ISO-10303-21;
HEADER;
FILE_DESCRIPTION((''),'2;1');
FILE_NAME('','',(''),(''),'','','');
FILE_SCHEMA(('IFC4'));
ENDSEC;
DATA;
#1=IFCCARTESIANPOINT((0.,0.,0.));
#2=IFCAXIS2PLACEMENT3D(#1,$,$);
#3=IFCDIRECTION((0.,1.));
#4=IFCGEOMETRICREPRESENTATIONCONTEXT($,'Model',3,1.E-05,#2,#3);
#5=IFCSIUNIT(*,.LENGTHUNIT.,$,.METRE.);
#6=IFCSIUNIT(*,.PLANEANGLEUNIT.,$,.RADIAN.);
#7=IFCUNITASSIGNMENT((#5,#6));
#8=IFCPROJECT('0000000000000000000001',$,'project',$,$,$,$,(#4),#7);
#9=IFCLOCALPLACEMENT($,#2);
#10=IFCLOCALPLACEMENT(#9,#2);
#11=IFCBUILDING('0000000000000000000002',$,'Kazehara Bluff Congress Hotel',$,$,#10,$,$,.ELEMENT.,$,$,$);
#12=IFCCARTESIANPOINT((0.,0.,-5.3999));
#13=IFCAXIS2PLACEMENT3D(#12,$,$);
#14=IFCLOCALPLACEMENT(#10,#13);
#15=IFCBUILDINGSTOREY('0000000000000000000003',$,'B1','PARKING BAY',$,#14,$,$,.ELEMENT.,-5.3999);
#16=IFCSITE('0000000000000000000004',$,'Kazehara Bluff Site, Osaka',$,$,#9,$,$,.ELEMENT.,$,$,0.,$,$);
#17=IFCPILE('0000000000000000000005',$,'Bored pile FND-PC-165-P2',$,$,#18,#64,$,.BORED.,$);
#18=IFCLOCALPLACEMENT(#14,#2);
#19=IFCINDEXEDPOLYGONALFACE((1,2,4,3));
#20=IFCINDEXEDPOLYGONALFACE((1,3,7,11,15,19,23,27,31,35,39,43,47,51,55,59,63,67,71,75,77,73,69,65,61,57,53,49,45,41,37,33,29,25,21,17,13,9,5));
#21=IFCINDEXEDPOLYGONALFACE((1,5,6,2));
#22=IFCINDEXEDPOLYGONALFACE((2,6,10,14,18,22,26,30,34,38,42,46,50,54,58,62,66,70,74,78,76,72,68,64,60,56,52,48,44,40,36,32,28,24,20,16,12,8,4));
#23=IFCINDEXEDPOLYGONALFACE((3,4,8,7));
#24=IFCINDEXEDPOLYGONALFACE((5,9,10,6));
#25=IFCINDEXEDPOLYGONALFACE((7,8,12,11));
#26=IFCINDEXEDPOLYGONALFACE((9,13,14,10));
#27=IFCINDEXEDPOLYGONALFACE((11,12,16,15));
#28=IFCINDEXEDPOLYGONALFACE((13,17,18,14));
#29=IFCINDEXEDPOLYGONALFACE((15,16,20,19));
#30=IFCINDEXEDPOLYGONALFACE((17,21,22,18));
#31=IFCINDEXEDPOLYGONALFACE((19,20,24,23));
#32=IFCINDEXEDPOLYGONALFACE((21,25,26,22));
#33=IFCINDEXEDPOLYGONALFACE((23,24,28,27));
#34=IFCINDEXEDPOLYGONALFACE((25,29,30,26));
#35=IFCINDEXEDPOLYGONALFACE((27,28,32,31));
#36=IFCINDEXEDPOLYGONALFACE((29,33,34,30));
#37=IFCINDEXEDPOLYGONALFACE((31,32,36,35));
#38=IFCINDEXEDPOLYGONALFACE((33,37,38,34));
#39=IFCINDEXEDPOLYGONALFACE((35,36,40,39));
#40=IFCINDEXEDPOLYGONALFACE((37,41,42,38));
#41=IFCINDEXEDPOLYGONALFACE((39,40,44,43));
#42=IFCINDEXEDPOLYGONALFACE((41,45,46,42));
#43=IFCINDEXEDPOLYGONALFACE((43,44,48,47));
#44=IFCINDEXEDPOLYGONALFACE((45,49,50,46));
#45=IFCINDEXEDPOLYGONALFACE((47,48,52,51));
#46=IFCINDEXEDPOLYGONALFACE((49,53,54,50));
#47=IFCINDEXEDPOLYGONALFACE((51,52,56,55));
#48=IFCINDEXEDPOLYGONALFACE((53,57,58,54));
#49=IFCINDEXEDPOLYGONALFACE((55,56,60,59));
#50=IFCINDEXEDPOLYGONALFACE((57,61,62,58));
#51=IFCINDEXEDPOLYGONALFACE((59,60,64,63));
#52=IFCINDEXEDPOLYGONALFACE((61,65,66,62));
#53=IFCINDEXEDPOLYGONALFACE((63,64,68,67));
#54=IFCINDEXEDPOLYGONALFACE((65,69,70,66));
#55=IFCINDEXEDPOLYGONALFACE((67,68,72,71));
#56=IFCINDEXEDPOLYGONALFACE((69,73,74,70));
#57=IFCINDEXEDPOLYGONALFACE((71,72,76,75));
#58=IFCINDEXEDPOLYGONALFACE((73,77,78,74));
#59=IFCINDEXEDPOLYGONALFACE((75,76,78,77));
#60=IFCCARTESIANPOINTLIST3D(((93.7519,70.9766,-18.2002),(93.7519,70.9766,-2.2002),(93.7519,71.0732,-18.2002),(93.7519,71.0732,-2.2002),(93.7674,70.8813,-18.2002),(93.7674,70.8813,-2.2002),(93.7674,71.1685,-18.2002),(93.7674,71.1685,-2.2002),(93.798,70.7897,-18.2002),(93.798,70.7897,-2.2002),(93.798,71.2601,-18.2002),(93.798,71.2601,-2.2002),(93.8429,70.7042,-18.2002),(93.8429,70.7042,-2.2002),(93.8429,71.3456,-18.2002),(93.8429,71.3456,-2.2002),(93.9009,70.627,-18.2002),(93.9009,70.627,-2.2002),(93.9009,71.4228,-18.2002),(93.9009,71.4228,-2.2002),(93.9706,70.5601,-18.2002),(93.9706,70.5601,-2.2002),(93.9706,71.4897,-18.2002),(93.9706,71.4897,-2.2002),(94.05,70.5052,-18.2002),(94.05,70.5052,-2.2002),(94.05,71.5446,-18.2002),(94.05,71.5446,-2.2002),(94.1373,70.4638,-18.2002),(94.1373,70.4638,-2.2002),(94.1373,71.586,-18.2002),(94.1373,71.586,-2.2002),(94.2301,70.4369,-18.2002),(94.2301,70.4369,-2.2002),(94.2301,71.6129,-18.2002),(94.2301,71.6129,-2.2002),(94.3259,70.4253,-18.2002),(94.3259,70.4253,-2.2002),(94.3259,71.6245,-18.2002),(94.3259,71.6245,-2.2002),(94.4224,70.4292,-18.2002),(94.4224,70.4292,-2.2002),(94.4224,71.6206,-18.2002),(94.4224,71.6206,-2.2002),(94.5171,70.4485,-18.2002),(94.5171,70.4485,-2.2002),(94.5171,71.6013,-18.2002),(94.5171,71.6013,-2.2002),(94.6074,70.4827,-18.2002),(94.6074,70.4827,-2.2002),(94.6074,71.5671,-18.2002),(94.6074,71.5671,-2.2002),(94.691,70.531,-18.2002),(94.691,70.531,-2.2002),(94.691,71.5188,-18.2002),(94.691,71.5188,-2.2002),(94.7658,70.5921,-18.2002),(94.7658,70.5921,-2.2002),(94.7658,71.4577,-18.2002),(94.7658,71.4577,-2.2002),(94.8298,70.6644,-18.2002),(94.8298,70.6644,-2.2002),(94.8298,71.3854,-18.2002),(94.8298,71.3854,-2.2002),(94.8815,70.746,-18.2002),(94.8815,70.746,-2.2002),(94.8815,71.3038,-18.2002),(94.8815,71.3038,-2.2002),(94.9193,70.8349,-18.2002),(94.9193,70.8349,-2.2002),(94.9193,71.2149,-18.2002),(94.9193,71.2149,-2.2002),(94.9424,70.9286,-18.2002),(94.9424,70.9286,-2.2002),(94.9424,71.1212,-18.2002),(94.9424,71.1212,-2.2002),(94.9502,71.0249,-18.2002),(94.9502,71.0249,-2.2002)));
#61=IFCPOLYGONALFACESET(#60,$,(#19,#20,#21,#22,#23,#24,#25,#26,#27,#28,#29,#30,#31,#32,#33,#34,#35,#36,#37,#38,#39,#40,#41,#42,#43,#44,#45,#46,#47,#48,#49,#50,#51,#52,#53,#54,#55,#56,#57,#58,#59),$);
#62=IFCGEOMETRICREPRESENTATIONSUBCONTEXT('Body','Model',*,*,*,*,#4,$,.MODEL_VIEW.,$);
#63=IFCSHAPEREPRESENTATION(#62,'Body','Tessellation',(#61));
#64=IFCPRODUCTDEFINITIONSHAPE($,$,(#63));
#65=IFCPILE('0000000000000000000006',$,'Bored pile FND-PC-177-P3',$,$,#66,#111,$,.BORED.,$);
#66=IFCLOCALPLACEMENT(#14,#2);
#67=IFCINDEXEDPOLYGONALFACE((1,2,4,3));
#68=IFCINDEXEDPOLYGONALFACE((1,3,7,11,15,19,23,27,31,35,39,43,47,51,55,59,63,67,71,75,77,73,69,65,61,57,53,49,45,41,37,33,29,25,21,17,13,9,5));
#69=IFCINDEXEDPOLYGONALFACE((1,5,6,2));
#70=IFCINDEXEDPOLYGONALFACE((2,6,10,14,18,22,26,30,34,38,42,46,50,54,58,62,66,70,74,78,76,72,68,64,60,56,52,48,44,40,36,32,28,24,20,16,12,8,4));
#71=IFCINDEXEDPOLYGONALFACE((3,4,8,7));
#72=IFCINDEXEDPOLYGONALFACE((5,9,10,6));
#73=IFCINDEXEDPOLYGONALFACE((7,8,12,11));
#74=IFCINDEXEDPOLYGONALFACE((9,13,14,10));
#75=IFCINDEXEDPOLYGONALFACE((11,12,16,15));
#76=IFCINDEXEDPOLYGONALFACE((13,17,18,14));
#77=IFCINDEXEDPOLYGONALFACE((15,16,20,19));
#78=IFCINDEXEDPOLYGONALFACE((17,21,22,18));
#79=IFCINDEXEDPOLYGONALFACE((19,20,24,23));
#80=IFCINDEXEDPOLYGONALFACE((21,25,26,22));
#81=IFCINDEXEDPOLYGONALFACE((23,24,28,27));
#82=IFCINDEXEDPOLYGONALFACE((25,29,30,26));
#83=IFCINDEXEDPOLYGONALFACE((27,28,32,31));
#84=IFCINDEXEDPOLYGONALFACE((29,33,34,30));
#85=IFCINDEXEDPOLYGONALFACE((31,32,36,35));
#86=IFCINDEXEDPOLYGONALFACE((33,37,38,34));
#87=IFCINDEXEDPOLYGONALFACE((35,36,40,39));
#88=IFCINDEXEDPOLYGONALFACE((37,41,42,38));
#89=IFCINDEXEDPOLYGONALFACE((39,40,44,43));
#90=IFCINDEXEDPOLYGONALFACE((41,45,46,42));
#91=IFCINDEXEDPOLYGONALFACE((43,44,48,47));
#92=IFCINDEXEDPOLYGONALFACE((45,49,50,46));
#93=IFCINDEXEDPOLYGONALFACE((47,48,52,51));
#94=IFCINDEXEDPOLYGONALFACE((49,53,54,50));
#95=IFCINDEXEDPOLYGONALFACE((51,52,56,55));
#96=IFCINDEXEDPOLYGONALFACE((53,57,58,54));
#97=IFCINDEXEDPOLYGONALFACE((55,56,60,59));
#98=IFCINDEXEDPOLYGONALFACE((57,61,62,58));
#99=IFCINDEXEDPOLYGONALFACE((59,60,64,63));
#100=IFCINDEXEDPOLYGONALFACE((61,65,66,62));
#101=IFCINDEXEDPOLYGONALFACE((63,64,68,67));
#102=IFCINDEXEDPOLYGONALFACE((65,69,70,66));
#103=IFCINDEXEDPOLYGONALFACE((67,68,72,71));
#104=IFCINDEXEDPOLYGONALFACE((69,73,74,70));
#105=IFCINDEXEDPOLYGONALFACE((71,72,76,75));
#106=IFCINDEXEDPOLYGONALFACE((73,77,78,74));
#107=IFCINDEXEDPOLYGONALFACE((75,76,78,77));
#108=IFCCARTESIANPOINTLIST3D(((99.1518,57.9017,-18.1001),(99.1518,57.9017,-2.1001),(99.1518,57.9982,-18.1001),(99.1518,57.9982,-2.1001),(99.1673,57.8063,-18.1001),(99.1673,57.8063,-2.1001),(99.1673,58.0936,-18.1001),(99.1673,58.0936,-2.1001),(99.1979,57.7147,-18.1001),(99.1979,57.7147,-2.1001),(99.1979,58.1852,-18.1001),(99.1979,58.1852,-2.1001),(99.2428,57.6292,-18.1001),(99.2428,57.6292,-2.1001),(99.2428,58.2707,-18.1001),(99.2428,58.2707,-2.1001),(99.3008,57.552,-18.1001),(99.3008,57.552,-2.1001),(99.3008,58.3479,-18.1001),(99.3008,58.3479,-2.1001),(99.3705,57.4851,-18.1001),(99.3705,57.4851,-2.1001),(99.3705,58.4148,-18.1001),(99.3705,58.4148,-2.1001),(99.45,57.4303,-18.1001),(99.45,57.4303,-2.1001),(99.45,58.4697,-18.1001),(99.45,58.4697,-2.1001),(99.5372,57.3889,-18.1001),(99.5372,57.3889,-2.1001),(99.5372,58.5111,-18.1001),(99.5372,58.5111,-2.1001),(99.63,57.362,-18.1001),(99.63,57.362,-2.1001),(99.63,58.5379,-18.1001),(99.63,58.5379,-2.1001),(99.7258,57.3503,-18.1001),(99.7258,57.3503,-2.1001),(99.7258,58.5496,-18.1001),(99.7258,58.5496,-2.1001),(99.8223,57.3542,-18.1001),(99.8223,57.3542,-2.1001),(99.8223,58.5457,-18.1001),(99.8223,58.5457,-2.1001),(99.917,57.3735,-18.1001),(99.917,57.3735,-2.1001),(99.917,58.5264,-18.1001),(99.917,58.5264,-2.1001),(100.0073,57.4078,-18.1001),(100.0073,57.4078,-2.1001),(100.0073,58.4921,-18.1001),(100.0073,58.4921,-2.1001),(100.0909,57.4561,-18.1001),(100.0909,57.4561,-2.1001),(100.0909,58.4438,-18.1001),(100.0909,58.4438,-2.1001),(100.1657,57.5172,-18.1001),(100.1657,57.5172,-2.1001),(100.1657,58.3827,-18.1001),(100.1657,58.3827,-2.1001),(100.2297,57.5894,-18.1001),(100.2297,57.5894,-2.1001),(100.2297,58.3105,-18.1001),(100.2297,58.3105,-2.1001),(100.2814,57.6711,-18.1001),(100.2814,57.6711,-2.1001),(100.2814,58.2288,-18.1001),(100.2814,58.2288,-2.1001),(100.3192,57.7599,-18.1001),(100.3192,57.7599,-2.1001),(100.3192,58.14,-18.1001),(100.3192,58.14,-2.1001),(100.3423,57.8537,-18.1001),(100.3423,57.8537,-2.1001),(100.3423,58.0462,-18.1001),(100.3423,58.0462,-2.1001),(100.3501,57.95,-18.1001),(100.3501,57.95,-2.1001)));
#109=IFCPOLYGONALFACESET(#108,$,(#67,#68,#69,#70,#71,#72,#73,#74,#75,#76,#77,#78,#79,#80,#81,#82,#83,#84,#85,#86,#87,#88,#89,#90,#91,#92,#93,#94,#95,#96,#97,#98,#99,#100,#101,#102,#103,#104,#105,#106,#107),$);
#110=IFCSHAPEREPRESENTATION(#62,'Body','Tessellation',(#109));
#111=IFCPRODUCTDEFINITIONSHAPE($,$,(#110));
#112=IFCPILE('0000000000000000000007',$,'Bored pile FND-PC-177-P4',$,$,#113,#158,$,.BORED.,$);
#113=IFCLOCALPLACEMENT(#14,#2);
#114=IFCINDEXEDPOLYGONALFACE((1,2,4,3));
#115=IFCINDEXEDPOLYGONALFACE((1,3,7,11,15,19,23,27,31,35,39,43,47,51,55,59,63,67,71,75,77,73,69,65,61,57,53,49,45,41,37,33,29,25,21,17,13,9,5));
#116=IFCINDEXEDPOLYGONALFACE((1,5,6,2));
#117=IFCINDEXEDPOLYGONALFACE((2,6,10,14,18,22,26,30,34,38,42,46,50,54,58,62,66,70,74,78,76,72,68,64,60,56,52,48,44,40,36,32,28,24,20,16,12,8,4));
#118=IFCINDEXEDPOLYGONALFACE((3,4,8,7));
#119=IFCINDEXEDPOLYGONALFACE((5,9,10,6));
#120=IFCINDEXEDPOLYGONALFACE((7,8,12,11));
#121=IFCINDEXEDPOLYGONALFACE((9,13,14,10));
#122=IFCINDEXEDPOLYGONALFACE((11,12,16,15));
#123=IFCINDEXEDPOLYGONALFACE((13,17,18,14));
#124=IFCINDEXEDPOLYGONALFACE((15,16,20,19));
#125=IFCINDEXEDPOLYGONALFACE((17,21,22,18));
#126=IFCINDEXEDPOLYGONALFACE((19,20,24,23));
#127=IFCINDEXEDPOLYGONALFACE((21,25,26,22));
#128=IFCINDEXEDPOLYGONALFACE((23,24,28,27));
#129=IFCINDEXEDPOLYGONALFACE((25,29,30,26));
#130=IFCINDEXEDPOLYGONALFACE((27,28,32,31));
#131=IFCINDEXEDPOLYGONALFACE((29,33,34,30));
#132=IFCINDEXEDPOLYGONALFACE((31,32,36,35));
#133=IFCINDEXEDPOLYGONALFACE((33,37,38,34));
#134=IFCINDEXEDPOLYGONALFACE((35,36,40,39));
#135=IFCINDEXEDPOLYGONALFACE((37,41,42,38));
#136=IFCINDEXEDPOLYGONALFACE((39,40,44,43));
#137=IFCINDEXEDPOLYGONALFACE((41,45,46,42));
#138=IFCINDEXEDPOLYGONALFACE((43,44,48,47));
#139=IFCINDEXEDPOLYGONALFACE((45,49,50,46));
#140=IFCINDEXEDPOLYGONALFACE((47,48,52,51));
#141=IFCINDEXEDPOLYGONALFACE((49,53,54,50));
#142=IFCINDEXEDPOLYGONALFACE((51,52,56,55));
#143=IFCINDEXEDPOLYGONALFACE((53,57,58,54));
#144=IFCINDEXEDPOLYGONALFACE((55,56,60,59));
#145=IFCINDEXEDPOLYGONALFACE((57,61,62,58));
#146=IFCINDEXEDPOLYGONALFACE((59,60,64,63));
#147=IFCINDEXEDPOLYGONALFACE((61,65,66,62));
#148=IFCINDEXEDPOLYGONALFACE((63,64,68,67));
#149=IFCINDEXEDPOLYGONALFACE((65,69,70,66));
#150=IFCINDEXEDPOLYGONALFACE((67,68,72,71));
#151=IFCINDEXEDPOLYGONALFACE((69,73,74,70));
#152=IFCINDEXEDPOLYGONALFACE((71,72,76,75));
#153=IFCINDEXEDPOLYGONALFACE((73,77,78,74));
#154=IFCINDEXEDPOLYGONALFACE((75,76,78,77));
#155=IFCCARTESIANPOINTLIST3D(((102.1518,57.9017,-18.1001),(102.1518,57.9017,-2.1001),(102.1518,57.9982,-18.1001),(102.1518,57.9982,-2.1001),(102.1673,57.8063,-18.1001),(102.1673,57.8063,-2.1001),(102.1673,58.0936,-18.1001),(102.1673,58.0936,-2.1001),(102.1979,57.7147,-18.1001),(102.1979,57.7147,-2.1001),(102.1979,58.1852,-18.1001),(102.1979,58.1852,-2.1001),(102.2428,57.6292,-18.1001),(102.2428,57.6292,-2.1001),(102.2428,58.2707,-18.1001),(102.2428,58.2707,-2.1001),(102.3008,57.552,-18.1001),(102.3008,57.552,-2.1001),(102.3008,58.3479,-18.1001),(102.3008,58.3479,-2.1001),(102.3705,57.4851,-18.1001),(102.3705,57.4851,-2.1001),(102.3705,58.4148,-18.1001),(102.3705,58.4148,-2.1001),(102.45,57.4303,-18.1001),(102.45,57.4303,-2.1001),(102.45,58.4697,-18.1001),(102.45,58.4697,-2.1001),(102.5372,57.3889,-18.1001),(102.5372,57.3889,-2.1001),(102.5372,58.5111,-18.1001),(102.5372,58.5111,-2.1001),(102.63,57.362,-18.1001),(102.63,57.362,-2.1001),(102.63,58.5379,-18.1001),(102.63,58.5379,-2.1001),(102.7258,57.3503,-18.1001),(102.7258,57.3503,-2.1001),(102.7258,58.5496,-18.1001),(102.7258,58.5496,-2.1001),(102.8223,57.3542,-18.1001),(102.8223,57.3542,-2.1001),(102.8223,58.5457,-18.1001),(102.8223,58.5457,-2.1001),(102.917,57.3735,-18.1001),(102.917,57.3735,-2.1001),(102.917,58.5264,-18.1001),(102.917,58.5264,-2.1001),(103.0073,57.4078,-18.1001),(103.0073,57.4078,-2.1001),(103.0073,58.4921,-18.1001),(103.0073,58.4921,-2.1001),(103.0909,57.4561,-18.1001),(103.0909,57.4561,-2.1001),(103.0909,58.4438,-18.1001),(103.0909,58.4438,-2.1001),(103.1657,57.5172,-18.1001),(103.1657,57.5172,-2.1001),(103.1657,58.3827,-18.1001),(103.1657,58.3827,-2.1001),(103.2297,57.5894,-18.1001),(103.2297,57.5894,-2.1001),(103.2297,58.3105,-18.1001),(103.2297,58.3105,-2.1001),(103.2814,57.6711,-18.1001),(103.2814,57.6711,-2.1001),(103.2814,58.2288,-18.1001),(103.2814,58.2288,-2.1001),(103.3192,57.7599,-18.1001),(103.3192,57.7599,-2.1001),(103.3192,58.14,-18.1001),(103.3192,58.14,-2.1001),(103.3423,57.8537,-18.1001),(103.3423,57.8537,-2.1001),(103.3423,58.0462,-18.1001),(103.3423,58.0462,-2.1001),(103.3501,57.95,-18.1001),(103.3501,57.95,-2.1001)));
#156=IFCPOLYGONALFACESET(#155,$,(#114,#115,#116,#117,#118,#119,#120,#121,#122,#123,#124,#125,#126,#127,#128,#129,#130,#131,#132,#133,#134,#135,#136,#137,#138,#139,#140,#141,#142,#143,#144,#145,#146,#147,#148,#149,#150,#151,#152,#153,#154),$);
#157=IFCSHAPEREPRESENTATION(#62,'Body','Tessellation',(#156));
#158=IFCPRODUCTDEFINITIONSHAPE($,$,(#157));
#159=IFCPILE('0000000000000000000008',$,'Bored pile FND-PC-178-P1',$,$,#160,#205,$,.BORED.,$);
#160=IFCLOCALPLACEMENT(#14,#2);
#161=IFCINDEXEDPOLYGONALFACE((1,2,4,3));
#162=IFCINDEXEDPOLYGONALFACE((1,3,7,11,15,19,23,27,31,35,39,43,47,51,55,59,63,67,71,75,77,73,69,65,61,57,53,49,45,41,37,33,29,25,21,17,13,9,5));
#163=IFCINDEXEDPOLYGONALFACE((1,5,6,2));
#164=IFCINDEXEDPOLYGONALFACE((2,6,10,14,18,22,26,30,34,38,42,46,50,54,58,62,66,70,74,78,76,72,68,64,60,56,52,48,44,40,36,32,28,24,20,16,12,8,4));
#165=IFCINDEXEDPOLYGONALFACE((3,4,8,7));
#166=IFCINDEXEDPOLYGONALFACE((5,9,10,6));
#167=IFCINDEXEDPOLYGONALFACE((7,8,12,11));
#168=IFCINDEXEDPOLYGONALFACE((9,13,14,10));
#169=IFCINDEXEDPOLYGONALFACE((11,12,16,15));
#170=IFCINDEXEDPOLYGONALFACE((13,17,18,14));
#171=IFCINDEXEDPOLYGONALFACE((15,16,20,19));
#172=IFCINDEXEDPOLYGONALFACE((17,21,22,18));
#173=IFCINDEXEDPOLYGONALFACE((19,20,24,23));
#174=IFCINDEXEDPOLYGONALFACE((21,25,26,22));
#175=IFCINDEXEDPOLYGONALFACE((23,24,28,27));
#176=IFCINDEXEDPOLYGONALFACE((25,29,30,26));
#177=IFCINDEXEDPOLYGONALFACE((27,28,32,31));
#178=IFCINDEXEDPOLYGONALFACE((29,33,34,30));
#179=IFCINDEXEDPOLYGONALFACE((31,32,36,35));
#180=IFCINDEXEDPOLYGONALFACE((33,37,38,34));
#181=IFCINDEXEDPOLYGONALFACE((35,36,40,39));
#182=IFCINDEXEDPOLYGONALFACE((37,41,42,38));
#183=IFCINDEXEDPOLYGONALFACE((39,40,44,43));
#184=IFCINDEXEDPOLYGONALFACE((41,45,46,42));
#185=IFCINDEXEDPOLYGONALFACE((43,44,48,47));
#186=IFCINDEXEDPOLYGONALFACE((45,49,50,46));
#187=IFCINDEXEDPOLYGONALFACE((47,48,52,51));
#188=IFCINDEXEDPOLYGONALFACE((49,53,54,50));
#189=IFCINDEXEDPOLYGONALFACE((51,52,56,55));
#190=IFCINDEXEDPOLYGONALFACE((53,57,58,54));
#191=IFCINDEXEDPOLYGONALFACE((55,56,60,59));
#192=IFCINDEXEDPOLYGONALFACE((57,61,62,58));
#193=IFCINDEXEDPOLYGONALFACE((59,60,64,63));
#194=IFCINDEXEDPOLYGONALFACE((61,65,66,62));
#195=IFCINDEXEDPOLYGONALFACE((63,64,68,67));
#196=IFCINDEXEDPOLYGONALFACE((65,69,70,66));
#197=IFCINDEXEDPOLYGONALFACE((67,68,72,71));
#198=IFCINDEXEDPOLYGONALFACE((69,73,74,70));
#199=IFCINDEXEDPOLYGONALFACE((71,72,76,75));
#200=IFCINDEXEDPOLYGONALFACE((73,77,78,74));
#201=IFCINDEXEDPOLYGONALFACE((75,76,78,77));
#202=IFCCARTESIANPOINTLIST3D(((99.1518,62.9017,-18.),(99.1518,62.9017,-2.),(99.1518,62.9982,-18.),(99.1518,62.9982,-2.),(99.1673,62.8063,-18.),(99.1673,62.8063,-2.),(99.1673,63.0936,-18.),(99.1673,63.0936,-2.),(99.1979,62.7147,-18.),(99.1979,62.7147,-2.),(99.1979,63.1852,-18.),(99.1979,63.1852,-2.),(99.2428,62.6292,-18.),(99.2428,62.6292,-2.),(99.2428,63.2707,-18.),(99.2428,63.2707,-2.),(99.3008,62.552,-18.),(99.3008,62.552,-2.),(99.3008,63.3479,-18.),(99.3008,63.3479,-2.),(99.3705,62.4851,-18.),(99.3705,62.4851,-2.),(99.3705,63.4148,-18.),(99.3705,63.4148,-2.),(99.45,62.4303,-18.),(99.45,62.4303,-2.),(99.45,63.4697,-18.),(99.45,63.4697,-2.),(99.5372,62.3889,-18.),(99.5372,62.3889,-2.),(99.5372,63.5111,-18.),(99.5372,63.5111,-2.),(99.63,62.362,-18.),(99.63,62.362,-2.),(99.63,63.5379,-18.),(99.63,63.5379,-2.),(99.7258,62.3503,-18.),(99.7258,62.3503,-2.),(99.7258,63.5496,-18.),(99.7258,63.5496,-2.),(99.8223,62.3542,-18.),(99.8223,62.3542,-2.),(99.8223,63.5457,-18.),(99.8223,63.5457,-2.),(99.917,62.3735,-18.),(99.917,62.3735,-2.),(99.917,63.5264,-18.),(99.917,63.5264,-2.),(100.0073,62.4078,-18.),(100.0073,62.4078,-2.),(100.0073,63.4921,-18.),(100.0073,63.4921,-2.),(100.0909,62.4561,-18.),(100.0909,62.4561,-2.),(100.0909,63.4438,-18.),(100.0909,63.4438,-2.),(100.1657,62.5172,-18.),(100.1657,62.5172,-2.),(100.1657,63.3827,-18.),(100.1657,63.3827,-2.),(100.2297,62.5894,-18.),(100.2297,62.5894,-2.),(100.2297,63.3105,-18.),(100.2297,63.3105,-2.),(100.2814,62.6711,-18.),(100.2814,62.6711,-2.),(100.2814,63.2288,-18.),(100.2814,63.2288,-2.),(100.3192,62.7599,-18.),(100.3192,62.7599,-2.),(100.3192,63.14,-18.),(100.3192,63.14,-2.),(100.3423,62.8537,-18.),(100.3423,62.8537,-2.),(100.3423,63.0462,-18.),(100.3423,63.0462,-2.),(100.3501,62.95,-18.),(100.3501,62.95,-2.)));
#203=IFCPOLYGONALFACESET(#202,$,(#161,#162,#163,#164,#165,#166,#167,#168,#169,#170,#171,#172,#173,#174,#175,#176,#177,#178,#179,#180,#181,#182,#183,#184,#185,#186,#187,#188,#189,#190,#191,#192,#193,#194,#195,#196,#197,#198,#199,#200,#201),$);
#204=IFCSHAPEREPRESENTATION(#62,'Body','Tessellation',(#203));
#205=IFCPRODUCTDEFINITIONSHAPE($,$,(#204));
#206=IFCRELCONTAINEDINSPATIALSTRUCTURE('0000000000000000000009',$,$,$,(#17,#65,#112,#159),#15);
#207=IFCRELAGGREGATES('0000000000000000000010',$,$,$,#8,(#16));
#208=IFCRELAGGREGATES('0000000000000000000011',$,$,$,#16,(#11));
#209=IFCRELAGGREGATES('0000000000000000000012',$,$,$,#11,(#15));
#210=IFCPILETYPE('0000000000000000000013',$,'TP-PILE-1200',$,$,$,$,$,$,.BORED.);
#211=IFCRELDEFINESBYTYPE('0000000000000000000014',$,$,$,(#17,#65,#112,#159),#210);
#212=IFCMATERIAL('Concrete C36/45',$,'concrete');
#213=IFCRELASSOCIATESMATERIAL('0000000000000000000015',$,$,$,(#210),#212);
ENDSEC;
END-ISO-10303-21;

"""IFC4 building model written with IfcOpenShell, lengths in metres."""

from ifc_helpers import new_model, si_unit, direction, frame, origin, origin_2d, place, context, subcontext, project, spatial, circle, extrude, material, material_profile, profile_set, type_object, element, save


model = new_model("IFC4")

# Units and contexts
model_context = context("Model", 3, precision=1e-05, world=origin(), true_north=direction((0.0, 1.0)))
body_context = subcontext(model_context, "Body", "Model", "MODEL_VIEW")
ifc_project = project(units=[si_unit("LENGTHUNIT", "METRE"), si_unit("PLANEANGLEUNIT", "RADIAN")], contexts=[model_context])

# Site, building, storey
site_placement = place(None, origin())
site = spatial("IfcSite", under=ifc_project, at=site_placement, Name="Kazehara Bluff Site, Osaka", CompositionType="ELEMENT", RefElevation=0.0)
building_placement = place(site_placement, origin())
building = spatial("IfcBuilding", under=site, at=building_placement, Name="Kazehara Bluff Congress Hotel", CompositionType="ELEMENT")
storey_placement = place(building_placement, frame((0.0, 0.0, -5.3999)))
storey = spatial("IfcBuildingStorey", under=building, at=storey_placement, Name="B1", Description="PARKING BAY", CompositionType="ELEMENT", Elevation=-5.3999)

# Piles
ifc_material_1 = material(Name="Concrete C36/45", Category="concrete")
ifc_material_profile_1 = material_profile(ifc_material_1, circle(Radius=0.6001, at=origin_2d()))
ifc_profile_set_1 = profile_set([ifc_material_profile_1], Name="Concrete C36/45")
pile_type = type_object("IfcPileType", Name="TP-PILE-1200", PredefinedType="BORED", material=ifc_profile_set_1)
for number, where, z_axis, x_axis, name in (
    (1, (94.3501, 71.0249, -2.2002), (0.0, 0.0, -1.0), (1.0, 0.0, 0.0), "Bored pile FND-PC-165-P2"),
    (2, (99.75, 57.95, -2.1001), (0.0, 0.0, -1.0), (1.0, 0.0, 0.0), "Bored pile FND-PC-177-P3"),
    (3, (102.75, 57.95, -2.1001), (0.0, 0.0, -1.0), (1.0, 0.0, 0.0), "Bored pile FND-PC-177-P4"),
    (4, (99.75, 62.95, -2.0), (0.0, 0.0, -1.0), (1.0, 0.0, 0.0), "Bored pile FND-PC-178-P1"),
):
    element("IfcPile", number, at=place(storey_placement, frame(where, z_axis=z_axis, x_axis=x_axis)), inside=storey, type_object=pile_type, Name=name, PredefinedType="BORED", context=body_context, shape_type="SweptSolid", body=[
        extrude(circle(Radius=0.6001, at=origin_2d()), origin(), (0.0, 0.0, 1.0), 16.0),
    ])

save(model, "model.ifc")
